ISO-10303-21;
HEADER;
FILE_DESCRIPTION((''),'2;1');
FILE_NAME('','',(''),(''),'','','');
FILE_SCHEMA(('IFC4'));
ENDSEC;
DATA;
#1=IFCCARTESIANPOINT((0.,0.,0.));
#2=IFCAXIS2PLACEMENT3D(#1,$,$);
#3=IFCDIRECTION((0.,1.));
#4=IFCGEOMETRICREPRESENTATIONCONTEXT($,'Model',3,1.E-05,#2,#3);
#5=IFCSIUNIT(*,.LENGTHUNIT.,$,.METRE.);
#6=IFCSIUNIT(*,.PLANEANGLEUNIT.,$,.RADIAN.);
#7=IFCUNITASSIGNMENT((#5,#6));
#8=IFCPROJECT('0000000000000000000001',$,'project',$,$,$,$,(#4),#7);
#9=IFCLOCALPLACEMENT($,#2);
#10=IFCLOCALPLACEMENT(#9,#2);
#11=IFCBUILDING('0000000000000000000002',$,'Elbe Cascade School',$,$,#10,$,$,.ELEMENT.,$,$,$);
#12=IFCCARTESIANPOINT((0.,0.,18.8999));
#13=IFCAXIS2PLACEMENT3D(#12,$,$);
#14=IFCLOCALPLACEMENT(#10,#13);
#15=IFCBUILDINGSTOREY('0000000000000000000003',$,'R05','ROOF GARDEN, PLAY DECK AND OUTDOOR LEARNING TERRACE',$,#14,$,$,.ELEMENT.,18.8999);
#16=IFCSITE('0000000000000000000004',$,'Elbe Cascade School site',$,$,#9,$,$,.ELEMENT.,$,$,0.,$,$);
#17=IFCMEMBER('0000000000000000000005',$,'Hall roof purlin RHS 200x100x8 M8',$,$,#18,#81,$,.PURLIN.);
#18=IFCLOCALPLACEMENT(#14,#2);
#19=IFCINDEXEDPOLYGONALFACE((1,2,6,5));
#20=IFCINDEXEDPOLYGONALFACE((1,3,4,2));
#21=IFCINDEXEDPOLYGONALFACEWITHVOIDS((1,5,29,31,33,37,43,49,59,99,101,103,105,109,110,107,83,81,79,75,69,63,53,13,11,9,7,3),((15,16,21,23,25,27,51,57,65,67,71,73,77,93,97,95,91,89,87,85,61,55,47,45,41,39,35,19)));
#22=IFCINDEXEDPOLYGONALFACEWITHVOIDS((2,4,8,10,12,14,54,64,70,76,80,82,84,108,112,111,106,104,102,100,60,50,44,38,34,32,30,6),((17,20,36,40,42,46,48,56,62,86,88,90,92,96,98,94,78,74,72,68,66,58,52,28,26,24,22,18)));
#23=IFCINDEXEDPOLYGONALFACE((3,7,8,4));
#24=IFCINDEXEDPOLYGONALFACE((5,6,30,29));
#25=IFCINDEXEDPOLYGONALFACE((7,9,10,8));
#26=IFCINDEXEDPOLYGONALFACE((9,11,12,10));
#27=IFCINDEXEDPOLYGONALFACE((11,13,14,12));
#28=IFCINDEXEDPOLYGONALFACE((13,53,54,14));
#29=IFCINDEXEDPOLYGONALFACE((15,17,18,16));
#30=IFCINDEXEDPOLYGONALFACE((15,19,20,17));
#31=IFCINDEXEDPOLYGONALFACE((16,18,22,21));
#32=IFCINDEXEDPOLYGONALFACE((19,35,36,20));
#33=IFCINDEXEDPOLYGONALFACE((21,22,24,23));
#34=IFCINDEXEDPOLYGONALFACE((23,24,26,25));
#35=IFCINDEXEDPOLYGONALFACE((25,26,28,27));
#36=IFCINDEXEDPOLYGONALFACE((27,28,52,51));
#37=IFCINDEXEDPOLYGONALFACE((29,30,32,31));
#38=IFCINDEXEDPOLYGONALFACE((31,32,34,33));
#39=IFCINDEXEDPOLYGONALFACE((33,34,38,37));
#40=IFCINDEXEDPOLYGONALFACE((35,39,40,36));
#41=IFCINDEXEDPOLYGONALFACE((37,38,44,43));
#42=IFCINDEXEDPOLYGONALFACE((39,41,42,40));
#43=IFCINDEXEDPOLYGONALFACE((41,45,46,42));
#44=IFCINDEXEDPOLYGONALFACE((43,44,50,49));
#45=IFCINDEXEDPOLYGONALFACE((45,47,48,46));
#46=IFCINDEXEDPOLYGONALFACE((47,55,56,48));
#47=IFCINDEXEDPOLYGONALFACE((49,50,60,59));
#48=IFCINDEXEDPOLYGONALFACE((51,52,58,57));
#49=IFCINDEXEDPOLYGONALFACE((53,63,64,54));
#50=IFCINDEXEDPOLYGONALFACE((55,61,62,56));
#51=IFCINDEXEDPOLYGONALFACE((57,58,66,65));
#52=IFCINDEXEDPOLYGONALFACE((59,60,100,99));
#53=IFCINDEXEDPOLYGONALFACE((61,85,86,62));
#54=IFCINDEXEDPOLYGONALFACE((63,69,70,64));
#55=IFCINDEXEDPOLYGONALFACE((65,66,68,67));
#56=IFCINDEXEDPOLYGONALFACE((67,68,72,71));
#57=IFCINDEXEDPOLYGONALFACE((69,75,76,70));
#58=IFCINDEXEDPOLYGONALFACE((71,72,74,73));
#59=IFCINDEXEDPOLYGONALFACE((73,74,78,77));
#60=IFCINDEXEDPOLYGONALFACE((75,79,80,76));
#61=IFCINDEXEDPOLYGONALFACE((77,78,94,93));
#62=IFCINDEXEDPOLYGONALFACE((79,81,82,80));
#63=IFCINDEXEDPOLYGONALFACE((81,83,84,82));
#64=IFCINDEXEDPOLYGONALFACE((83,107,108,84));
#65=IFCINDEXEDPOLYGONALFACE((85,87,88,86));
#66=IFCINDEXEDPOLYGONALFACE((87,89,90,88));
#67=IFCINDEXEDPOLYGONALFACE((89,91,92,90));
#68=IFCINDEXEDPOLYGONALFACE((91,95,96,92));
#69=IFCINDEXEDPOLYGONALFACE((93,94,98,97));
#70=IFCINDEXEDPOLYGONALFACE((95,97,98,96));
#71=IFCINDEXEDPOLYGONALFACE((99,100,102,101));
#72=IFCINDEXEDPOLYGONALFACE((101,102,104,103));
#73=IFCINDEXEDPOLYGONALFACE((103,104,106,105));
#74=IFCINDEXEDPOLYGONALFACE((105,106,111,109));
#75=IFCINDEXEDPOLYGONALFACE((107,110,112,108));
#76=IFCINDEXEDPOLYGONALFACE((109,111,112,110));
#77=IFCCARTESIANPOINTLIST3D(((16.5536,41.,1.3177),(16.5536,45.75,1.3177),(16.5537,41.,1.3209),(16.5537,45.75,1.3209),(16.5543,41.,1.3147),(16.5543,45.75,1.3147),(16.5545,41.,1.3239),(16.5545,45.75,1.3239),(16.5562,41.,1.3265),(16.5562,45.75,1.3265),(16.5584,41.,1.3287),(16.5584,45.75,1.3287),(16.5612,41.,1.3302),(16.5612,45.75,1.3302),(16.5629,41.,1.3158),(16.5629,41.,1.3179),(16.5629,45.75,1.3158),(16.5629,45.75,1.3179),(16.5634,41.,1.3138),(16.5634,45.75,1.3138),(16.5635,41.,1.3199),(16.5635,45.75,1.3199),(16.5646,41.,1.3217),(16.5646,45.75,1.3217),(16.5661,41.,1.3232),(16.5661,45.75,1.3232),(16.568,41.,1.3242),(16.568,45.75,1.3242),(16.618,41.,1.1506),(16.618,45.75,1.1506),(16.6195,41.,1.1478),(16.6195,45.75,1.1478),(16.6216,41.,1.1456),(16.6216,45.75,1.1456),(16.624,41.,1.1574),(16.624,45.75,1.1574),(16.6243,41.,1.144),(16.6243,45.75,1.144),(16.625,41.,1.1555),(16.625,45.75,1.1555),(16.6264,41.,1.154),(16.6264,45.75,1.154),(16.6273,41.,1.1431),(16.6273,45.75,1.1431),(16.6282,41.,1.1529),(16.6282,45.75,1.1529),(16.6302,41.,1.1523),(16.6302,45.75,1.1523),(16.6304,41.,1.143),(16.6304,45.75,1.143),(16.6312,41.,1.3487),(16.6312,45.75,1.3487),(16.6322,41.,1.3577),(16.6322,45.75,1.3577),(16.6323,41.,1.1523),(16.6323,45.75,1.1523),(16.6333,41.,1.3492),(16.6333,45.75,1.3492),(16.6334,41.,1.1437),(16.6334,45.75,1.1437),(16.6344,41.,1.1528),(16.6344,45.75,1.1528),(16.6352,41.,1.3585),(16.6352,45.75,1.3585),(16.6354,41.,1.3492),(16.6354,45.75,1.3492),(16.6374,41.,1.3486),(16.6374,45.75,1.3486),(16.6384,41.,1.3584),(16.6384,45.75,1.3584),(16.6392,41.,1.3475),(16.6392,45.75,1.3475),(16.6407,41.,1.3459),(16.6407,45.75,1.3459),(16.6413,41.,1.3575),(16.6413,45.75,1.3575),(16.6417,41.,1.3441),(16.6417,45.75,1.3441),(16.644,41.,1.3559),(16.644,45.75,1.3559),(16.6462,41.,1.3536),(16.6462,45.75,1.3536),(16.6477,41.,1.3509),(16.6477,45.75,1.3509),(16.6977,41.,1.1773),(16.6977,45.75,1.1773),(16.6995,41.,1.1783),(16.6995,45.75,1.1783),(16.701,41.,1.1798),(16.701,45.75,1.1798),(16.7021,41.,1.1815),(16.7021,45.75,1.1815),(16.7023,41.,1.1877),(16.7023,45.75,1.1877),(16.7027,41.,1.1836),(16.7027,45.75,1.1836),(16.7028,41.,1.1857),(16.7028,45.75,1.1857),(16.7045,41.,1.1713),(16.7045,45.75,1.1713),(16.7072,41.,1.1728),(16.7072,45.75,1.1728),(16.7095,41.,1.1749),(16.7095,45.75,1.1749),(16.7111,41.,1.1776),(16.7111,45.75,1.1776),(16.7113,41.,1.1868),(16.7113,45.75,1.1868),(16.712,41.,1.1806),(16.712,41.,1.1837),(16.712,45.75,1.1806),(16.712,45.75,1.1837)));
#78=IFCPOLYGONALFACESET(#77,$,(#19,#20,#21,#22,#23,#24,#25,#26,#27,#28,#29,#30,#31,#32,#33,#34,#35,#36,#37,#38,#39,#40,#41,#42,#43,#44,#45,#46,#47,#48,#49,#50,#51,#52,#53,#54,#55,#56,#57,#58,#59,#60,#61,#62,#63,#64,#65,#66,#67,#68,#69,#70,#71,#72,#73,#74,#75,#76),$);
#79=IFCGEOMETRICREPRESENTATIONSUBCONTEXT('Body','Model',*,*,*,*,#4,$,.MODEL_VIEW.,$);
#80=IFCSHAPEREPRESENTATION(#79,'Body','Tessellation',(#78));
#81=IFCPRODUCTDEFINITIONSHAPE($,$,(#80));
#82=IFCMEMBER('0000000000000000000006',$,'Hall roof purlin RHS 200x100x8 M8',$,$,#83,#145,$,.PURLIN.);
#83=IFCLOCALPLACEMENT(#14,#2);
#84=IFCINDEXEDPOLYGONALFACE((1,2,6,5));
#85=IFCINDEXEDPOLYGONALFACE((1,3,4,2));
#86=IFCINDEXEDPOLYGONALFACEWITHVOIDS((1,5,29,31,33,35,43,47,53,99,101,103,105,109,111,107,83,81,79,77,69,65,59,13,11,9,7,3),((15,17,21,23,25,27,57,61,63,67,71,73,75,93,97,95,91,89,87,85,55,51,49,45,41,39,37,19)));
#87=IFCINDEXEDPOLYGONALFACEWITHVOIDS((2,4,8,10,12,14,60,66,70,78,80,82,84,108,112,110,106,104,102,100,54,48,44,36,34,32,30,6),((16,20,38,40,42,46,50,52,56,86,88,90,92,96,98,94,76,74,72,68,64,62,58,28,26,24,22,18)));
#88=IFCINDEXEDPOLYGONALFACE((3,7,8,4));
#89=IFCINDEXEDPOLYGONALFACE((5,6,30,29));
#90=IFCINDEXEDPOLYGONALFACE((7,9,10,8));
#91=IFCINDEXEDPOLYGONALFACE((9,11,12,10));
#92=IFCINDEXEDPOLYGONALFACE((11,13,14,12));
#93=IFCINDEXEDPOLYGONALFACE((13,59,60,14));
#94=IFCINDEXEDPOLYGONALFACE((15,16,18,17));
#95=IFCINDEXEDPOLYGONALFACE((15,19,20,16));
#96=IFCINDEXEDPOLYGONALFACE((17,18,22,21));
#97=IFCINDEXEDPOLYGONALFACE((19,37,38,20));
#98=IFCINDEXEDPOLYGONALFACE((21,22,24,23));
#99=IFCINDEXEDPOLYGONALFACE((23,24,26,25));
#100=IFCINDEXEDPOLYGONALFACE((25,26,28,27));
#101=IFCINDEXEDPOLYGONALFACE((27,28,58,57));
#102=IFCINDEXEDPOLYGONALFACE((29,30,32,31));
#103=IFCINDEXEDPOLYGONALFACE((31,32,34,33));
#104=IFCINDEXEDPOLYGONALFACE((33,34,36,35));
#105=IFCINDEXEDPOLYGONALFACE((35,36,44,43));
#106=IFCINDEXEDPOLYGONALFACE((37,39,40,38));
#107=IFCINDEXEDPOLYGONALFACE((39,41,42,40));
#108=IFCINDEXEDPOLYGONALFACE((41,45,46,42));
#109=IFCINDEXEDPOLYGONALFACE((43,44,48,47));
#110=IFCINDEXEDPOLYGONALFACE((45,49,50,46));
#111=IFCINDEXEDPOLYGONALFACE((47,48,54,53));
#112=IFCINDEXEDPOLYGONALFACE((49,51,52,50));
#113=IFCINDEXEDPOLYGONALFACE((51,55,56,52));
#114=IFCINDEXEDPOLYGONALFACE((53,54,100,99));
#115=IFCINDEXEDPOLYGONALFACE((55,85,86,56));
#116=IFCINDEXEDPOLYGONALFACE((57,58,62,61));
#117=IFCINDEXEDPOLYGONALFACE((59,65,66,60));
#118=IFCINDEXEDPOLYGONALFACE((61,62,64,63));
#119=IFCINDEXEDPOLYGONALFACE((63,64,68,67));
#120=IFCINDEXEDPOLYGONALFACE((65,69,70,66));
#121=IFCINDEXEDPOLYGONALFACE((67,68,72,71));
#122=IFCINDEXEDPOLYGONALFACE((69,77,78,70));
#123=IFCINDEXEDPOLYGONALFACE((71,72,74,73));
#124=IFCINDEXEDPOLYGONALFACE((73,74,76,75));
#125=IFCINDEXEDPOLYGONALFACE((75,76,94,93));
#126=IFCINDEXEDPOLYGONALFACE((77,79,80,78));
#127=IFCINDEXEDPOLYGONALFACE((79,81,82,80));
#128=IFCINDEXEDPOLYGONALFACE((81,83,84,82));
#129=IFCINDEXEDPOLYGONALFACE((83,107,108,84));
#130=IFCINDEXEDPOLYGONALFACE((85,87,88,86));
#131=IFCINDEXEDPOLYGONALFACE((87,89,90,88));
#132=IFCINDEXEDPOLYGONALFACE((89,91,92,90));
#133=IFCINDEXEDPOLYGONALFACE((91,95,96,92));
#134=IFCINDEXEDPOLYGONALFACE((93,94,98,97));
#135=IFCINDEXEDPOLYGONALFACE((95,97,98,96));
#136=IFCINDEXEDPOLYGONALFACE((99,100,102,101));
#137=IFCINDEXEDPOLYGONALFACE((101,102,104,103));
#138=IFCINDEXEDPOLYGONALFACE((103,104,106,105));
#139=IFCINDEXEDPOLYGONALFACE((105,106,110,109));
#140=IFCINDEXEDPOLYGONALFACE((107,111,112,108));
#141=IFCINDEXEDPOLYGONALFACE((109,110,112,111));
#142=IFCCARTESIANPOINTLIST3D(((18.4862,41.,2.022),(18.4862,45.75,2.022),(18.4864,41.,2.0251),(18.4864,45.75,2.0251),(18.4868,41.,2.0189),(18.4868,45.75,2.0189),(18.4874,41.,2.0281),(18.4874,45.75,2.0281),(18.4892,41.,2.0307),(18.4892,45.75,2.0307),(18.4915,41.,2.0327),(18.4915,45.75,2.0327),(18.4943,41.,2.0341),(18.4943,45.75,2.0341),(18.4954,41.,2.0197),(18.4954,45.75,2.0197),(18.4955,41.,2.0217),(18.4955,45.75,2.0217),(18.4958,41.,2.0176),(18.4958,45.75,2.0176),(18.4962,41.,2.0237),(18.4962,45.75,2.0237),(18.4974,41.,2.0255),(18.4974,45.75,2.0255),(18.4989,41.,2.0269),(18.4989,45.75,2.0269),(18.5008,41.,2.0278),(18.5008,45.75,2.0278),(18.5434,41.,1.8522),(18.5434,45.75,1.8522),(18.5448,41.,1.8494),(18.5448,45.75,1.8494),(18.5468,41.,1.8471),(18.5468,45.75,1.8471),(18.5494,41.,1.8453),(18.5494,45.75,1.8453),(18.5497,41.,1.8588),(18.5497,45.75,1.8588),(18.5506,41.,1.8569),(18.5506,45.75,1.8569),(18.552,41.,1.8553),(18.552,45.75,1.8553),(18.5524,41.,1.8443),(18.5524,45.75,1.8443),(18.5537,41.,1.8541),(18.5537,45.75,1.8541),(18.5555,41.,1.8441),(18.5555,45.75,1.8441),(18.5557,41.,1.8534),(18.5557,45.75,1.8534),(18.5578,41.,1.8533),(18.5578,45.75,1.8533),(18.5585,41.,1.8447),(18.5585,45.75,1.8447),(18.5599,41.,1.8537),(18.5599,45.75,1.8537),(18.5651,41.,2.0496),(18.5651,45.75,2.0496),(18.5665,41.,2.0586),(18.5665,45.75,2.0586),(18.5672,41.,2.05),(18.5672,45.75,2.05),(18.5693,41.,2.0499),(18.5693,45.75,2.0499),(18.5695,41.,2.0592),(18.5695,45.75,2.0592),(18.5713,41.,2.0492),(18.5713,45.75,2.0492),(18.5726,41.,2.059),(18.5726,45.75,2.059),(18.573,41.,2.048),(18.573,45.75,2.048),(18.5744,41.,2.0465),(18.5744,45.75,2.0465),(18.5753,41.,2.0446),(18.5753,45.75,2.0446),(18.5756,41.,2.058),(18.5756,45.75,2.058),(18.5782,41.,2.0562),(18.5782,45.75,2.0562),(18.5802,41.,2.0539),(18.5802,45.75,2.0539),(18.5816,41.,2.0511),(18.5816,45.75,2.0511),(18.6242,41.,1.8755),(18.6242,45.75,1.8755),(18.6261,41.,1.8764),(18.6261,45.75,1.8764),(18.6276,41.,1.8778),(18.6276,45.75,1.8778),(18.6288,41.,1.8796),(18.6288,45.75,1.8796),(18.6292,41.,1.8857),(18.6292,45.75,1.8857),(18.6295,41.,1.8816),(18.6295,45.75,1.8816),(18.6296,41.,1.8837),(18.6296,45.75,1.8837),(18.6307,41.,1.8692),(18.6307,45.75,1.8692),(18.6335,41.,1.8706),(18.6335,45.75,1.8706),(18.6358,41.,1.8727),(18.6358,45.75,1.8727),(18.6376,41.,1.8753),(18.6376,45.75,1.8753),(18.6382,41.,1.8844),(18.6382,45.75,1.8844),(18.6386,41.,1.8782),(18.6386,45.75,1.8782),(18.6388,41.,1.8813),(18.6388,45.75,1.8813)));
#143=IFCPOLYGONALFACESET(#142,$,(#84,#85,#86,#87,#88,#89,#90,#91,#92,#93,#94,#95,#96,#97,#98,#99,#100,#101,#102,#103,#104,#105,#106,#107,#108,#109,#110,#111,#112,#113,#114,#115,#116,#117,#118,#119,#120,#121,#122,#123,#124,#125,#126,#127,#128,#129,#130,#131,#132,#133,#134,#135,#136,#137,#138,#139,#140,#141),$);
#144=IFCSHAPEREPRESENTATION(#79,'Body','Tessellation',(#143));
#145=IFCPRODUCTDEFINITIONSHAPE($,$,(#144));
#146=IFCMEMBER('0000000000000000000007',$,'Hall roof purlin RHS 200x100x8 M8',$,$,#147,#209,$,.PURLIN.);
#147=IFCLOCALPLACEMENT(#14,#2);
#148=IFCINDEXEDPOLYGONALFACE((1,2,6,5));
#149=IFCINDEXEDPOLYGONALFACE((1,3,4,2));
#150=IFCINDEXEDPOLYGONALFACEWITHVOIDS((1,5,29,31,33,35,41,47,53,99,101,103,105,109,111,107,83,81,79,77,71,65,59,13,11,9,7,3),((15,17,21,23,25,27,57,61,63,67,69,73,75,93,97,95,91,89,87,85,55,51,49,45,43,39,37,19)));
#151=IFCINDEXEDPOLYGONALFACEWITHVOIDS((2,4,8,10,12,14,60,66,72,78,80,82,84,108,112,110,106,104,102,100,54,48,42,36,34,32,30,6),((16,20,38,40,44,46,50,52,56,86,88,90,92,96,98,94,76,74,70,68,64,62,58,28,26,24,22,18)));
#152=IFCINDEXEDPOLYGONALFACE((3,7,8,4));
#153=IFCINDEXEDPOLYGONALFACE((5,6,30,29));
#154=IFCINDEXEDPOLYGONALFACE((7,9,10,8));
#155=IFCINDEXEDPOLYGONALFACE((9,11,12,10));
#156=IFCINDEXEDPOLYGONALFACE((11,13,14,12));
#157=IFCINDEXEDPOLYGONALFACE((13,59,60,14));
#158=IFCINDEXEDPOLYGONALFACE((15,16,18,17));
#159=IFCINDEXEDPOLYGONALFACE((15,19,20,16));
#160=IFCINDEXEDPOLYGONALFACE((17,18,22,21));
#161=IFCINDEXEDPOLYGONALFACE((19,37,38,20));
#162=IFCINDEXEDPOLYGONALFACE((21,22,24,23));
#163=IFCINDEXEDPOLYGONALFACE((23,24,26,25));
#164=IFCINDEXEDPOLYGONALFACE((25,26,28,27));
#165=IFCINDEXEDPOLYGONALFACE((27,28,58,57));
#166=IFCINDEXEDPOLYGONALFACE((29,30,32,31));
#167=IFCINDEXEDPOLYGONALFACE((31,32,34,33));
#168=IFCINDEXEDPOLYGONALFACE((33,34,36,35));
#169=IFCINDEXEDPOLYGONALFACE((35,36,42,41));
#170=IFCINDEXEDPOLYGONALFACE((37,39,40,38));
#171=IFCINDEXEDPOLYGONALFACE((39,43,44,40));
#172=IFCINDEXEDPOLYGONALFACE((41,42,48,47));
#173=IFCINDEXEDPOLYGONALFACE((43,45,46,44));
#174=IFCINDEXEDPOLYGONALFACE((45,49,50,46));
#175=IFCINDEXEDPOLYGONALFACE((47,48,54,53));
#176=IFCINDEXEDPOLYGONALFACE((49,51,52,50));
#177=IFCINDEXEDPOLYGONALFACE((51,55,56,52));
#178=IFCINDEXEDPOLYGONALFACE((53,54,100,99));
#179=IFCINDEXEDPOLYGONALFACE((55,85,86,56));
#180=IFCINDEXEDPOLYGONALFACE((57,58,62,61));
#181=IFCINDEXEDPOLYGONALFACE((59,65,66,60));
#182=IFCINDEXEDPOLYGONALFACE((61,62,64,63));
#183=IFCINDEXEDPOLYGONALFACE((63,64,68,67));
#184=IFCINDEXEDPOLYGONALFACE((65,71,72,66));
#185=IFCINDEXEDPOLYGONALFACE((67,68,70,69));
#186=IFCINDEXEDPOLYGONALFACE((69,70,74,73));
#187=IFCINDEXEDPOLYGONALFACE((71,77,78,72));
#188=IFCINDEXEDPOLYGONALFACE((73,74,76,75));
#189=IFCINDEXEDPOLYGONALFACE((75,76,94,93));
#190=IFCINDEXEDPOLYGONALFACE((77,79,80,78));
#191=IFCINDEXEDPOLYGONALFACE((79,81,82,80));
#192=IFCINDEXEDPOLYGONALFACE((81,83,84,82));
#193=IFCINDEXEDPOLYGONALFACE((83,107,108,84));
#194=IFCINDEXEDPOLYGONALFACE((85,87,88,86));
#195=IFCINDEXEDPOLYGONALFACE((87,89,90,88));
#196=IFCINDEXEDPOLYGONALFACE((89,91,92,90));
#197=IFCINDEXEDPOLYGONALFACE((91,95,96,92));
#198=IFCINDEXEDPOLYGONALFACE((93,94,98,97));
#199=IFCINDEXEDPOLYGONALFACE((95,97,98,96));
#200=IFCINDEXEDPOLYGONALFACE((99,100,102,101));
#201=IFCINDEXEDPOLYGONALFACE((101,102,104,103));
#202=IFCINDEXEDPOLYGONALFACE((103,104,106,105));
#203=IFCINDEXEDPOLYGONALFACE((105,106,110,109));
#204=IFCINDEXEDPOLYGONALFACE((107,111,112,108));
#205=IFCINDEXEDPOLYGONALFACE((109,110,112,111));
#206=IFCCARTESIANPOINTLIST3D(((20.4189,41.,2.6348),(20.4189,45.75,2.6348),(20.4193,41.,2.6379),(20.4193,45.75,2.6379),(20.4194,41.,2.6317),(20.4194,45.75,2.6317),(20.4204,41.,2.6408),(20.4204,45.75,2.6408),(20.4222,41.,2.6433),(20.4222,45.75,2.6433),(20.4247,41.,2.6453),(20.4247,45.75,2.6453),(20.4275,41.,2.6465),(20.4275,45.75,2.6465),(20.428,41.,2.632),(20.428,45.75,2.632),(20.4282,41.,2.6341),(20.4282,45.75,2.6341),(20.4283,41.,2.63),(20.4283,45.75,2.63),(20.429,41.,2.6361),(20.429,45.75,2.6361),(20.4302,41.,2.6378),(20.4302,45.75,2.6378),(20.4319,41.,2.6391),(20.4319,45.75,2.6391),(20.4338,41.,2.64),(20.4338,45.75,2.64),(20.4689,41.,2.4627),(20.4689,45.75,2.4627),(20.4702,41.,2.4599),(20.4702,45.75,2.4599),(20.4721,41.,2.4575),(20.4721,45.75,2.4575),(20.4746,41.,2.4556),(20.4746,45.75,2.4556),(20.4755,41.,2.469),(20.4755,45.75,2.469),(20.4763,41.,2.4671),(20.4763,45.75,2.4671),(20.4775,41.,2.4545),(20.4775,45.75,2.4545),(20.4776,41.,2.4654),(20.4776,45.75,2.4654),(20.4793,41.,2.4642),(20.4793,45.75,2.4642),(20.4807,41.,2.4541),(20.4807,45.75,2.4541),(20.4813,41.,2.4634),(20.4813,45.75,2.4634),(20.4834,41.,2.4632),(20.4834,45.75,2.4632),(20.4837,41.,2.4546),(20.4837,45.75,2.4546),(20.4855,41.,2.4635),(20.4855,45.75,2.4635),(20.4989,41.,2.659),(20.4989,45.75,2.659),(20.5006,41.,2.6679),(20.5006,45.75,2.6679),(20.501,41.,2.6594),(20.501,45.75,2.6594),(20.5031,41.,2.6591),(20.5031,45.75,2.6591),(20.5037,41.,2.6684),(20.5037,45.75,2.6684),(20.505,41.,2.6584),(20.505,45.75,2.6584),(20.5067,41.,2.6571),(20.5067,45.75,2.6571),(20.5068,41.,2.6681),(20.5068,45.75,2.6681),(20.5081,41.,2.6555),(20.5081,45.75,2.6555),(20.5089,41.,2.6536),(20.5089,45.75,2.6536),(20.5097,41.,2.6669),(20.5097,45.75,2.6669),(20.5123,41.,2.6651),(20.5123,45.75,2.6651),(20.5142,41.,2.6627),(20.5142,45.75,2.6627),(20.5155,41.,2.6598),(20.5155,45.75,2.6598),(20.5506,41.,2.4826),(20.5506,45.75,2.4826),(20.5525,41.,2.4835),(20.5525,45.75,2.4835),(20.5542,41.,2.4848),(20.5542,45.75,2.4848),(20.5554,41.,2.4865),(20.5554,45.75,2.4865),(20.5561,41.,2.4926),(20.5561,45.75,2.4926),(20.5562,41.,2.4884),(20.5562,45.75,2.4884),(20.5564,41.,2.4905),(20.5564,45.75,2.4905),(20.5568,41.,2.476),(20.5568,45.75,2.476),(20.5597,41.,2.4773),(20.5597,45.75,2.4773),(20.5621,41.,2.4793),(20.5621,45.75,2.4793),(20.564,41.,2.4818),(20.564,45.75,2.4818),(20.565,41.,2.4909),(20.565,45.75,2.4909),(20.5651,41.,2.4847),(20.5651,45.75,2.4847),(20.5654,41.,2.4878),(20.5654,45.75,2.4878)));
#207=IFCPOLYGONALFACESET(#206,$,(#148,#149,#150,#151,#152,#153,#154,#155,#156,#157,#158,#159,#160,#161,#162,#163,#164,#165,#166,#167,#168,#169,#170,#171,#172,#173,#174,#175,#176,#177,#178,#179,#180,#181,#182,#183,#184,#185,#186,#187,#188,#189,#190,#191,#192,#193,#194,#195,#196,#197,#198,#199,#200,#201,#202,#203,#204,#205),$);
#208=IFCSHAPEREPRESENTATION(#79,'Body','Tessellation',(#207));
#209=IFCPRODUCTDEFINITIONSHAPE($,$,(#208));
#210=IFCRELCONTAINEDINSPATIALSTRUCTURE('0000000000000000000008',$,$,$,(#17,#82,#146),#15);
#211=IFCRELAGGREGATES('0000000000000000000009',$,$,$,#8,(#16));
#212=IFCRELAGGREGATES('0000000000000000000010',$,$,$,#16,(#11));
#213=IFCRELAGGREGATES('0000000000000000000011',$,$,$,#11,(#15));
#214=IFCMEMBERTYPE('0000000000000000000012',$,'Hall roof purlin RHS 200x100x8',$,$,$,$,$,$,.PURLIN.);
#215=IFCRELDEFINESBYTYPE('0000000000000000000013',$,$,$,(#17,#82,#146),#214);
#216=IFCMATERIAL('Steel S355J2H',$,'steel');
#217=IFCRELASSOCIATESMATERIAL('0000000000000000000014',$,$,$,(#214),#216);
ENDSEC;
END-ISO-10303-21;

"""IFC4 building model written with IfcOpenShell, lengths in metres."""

from ifc_helpers import new_model, si_unit, direction, frame, origin, origin_2d, place, context, subcontext, project, spatial, hollow_rectangle, extrude, material, material_profile, profile_set, type_object, element, save


model = new_model("IFC4")

# Units and contexts
model_context = context("Model", 3, precision=1e-05, world=origin(), true_north=direction((0.0, 1.0)))
body_context = subcontext(model_context, "Body", "Model", "MODEL_VIEW")
ifc_project = project(units=[si_unit("LENGTHUNIT", "METRE"), si_unit("PLANEANGLEUNIT", "RADIAN")], contexts=[model_context])

# Site, building, storey
site_placement = place(None, origin())
site = spatial("IfcSite", under=ifc_project, at=site_placement, Name="Elbe Cascade School site", CompositionType="ELEMENT", RefElevation=0.0)
building_placement = place(site_placement, origin())
building = spatial("IfcBuilding", under=site, at=building_placement, Name="Elbe Cascade School", CompositionType="ELEMENT")
storey_placement = place(building_placement, frame((0.0, 0.0, 18.8999)))
storey = spatial("IfcBuildingStorey", under=building, at=storey_placement, Name="R05", Description="ROOF GARDEN, PLAY DECK AND OUTDOOR LEARNING TERRACE", CompositionType="ELEMENT", Elevation=18.8999)

# Members
ifc_material_1 = material(Name="Steel S355J2H", Category="steel")
ifc_material_profile_1 = material_profile(ifc_material_1, hollow_rectangle(XDim=0.1001, YDim=0.2, WallThickness=0.0081, InnerFilletRadius=0.0081, OuterFilletRadius=0.012, at=origin_2d()), Name="RHS 200x100x8")
ifc_profile_set_1 = profile_set([ifc_material_profile_1], Name="Steel S355J2H")
member_type_1 = type_object("IfcMemberType", Name="Hall roof purlin RHS 200x100x8", PredefinedType="PURLIN", material=ifc_profile_set_1)
for number, where, z_axis, x_axis, name in (
    (1, (16.6328, 41.0, 1.2507), (0.0, 1.0, 0.0), (-0.932415, 0.0, -0.36139), "Hall roof purlin RHS 200x100x8 M8"),
    (2, (18.5625, 41.0, 1.9517), (0.0, 1.0, 0.0), (-0.946999, 0.0, -0.321236), "Hall roof purlin RHS 200x100x8 M8"),
    (3, (20.4922, 41.0, 2.5613), (0.0, 1.0, 0.0), (-0.959684, 0.0, -0.281081), "Hall roof purlin RHS 200x100x8 M8"),
):
    element("IfcMember", number, at=place(storey_placement, frame(where, z_axis=z_axis, x_axis=x_axis)), inside=storey, type_object=member_type_1, Name=name, PredefinedType="PURLIN", context=body_context, shape_type="SweptSolid", body=[
        extrude(hollow_rectangle(XDim=0.1001, YDim=0.2, WallThickness=0.0081, InnerFilletRadius=0.0081, OuterFilletRadius=0.012, at=origin_2d()), origin(), (0.0, 0.0, 1.0), 4.75),
    ])

save(model, "model.ifc")
